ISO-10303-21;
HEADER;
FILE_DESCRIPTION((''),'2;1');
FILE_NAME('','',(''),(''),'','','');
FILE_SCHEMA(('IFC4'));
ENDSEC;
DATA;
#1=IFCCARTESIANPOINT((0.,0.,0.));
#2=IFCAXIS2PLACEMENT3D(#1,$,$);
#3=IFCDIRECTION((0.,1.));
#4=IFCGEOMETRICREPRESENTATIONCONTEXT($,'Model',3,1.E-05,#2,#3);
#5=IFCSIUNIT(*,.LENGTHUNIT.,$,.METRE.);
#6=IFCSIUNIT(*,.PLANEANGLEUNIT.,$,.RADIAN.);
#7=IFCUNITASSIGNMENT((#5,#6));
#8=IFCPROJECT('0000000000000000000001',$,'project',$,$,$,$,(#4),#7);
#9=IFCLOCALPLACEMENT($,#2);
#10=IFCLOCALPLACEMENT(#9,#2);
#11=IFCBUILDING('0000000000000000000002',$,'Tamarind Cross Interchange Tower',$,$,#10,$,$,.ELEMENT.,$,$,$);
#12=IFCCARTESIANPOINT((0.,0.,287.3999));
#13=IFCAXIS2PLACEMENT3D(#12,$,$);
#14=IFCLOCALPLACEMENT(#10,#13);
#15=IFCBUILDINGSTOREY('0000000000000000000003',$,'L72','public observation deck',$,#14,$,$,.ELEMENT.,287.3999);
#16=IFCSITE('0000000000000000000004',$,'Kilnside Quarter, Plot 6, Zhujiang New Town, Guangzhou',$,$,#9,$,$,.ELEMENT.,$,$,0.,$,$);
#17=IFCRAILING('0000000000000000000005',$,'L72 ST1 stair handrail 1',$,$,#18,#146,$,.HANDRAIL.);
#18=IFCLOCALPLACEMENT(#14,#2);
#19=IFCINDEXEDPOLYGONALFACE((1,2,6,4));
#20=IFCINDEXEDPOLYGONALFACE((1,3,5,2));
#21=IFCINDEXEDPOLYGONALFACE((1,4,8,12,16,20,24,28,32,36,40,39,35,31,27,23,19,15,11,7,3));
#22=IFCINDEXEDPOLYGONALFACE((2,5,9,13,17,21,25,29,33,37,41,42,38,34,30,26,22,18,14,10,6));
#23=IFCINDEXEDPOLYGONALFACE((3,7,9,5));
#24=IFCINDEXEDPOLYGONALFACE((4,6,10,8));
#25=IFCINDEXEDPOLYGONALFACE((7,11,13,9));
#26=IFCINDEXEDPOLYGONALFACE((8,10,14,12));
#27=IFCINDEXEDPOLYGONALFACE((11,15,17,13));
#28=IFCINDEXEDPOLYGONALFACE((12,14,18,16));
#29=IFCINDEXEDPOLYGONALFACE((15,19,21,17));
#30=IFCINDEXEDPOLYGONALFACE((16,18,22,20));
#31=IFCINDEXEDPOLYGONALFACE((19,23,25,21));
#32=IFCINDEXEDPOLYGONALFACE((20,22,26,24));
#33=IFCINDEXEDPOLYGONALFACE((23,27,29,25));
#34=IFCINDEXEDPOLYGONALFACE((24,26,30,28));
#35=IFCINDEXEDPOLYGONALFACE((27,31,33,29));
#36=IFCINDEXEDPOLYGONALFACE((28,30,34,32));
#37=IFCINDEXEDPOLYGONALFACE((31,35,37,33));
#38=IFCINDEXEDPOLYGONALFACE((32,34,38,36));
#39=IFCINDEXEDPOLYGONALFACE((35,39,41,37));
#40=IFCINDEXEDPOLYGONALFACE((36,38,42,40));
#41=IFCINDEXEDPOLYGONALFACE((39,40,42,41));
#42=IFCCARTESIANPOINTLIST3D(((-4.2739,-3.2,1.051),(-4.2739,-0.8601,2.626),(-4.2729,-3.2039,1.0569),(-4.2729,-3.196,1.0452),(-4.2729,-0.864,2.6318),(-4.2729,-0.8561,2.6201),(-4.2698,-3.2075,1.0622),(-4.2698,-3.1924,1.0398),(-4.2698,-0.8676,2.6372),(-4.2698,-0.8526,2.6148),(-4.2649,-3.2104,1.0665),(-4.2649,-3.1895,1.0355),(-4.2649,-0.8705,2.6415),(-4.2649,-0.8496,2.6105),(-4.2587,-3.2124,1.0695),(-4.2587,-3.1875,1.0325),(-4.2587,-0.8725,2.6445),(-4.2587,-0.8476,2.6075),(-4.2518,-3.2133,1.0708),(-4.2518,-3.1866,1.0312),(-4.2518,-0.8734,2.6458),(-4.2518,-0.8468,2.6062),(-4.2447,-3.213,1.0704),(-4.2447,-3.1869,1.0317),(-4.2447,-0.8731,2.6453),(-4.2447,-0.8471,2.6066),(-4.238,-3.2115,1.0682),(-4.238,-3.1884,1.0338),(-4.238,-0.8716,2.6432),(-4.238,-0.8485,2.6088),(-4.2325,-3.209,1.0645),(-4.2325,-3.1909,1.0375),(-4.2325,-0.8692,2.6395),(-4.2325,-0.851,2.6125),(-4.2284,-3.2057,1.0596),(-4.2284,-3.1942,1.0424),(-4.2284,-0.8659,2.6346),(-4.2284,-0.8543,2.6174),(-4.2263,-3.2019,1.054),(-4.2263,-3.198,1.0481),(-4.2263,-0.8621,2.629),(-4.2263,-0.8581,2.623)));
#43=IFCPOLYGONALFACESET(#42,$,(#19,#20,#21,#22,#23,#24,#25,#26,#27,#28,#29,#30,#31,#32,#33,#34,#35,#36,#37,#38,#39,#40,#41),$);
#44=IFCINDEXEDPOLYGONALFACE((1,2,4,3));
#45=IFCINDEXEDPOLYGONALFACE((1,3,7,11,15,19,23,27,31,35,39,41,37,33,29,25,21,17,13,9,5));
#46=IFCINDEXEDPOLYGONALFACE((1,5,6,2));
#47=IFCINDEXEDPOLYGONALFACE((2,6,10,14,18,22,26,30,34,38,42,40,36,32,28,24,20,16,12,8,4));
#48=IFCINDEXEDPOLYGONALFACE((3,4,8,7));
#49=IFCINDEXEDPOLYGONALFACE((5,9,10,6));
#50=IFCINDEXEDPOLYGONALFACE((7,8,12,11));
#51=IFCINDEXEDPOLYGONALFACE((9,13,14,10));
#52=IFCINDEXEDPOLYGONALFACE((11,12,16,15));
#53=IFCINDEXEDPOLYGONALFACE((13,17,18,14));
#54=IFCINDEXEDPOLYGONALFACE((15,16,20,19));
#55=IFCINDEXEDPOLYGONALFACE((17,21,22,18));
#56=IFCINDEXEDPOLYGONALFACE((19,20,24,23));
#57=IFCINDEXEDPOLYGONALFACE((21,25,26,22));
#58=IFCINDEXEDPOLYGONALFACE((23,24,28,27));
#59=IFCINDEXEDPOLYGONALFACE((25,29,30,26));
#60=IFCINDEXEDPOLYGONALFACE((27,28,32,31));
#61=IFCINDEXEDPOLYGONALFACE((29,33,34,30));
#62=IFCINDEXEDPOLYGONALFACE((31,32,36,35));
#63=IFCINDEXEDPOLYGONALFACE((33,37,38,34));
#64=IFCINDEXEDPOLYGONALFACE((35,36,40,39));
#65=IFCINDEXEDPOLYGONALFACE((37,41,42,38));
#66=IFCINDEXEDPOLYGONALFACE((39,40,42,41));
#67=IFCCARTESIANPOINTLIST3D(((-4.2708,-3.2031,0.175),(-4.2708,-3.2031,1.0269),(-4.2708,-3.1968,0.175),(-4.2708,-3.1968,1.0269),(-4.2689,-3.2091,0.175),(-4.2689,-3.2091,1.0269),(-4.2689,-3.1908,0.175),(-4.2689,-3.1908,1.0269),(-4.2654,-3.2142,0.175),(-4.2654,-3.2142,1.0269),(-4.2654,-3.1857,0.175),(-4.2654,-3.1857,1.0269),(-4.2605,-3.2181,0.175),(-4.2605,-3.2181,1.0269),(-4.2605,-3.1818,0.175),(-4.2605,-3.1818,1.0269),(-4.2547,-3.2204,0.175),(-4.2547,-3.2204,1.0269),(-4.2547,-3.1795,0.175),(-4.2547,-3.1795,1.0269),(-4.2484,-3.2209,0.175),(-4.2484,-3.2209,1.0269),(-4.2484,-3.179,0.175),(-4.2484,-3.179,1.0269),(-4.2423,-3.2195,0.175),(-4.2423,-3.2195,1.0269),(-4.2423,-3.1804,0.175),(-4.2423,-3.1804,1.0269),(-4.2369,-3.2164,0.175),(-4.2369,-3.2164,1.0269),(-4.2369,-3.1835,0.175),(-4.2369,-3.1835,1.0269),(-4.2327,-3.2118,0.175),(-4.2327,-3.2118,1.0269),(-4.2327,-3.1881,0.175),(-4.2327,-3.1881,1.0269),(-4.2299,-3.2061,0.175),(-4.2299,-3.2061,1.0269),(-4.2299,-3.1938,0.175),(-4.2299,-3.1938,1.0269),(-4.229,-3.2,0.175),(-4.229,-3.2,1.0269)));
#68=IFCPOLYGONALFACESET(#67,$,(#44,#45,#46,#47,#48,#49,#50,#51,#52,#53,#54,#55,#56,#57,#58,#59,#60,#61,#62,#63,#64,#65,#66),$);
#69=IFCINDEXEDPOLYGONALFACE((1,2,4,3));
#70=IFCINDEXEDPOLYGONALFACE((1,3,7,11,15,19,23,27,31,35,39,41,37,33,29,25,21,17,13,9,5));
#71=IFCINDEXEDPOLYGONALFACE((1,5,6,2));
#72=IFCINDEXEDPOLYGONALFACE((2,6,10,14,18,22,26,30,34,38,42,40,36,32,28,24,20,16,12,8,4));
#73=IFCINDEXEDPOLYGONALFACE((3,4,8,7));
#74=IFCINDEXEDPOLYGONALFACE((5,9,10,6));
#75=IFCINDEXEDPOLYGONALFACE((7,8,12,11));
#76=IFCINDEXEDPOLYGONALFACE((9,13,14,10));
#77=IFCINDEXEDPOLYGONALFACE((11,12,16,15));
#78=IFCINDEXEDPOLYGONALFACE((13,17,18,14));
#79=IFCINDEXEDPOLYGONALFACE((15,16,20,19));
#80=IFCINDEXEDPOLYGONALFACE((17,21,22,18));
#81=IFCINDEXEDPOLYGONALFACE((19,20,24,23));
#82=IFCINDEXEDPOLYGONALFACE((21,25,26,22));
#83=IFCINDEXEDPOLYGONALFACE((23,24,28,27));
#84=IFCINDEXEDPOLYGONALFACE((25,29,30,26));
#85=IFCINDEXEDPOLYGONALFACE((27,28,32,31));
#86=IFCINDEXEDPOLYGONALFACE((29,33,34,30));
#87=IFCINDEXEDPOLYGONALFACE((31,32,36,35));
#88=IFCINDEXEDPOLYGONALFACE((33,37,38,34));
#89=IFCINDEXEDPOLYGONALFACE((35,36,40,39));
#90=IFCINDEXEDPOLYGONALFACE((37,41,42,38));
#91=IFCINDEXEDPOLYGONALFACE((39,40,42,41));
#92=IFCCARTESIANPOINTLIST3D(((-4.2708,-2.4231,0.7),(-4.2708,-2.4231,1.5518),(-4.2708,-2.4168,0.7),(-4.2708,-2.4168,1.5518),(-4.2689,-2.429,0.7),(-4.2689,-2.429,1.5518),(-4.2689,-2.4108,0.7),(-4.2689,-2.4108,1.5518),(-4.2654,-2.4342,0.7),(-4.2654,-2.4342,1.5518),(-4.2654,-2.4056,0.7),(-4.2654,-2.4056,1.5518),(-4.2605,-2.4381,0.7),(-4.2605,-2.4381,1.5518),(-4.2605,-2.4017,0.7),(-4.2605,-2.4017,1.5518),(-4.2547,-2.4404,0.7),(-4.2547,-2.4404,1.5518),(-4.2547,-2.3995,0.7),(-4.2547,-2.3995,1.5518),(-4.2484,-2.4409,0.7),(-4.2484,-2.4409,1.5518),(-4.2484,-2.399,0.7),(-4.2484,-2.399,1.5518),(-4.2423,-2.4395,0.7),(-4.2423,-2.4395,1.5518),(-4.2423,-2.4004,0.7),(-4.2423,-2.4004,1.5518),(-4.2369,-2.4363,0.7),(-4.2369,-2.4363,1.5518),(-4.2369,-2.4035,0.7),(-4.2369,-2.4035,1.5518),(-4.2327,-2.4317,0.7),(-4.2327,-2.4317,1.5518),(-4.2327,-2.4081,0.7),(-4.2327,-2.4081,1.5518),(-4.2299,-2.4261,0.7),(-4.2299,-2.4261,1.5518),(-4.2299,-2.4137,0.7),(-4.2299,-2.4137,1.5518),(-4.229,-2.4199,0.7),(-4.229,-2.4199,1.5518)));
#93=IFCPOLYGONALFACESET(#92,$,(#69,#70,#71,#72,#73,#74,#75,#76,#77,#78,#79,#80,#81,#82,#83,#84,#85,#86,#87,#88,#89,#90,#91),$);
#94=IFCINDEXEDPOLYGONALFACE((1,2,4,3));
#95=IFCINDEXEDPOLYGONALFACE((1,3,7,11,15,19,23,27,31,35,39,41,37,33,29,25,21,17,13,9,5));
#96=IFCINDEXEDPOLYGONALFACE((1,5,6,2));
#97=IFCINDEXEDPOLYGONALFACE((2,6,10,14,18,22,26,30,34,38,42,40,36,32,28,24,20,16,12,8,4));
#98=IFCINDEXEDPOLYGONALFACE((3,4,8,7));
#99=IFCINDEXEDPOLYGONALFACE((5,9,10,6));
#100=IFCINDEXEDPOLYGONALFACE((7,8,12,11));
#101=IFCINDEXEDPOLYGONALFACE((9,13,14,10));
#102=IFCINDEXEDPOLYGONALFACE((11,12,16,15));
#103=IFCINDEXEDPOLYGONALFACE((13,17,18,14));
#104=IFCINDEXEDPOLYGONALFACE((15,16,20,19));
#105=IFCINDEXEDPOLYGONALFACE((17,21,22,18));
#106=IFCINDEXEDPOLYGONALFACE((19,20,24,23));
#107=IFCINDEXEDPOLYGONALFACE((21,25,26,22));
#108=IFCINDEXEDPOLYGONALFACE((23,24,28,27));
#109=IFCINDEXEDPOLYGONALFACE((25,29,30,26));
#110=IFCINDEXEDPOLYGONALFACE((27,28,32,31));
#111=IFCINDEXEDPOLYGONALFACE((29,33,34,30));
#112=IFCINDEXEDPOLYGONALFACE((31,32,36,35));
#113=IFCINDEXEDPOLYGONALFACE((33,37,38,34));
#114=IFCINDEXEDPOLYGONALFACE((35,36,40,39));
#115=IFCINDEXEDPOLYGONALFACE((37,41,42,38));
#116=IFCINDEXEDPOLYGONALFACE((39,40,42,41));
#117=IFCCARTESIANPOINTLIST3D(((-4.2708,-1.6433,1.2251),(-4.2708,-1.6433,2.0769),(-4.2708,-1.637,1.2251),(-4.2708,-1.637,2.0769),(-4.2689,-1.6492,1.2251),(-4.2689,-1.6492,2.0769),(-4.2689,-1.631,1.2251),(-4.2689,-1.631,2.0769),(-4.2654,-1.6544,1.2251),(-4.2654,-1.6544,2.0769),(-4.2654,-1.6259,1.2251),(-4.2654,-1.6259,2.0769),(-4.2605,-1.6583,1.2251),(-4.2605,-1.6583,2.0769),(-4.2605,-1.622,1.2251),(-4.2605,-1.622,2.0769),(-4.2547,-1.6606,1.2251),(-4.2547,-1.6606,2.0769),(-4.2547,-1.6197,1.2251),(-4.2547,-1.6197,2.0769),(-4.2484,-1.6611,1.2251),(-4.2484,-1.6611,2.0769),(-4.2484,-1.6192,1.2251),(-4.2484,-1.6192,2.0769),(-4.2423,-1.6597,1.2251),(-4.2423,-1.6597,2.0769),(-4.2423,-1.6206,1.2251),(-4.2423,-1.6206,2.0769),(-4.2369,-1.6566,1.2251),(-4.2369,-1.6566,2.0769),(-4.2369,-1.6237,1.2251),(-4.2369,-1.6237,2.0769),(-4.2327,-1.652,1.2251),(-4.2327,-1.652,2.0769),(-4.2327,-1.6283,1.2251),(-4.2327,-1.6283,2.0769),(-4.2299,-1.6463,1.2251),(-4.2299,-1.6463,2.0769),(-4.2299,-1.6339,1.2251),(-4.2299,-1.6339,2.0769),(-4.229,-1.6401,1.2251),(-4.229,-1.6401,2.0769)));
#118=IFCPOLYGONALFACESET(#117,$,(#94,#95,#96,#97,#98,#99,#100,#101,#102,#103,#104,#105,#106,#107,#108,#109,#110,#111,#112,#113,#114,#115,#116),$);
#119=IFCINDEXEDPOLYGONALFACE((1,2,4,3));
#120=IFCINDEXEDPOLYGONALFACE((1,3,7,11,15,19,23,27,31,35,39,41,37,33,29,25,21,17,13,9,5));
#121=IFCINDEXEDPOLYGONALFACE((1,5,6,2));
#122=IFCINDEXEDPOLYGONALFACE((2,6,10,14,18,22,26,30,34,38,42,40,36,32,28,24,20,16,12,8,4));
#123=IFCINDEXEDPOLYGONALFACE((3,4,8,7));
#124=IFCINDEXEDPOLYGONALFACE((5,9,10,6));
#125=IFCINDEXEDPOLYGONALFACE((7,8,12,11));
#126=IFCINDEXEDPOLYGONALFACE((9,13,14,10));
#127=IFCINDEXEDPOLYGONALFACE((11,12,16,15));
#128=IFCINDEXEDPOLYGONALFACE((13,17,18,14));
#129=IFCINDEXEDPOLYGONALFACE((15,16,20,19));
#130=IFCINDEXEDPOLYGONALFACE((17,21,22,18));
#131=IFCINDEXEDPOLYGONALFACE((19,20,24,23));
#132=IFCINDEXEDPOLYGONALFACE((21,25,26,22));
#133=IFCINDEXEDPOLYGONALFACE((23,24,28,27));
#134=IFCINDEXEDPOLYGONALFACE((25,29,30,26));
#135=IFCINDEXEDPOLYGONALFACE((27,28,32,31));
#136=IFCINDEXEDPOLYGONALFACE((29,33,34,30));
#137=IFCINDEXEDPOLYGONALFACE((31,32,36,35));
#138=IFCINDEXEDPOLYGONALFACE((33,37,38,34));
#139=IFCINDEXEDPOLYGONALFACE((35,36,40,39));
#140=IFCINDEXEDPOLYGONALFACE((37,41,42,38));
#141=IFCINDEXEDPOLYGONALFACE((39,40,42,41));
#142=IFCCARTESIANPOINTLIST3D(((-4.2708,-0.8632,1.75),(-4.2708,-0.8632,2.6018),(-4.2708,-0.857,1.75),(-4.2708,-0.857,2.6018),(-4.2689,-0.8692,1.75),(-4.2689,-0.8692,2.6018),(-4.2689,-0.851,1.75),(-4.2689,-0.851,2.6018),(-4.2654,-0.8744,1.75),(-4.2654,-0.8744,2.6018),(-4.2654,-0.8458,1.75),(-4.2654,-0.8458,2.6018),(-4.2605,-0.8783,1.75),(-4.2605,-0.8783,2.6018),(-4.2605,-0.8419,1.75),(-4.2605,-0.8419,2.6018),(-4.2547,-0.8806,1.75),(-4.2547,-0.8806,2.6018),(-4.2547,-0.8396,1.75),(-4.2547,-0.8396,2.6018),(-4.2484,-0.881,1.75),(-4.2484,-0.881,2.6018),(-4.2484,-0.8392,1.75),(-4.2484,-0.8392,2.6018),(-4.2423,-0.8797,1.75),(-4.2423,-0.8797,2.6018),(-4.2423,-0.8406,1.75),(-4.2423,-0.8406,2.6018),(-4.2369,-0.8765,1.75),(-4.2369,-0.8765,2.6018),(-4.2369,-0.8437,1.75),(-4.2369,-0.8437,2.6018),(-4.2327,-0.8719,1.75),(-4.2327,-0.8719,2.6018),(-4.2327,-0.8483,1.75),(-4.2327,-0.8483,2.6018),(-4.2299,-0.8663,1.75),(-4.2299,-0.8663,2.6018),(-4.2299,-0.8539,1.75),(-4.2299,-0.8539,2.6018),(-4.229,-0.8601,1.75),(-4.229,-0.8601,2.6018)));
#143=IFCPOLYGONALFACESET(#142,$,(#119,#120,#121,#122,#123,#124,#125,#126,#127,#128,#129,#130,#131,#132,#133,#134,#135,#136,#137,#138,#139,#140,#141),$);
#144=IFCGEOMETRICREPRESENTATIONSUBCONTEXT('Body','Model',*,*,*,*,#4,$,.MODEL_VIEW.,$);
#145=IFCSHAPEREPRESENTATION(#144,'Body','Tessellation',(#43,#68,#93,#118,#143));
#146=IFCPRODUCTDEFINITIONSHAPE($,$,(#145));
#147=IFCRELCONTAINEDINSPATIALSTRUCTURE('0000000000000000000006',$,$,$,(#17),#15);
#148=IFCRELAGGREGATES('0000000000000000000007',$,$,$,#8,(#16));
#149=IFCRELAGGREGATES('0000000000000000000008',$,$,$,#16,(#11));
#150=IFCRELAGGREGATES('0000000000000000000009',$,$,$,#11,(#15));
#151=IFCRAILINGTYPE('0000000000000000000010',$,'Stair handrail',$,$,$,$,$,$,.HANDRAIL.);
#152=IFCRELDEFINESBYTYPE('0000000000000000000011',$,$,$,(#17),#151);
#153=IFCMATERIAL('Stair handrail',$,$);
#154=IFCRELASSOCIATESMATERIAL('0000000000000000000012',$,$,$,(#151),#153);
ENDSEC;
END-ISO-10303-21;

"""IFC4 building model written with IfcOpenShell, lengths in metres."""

from ifc_helpers import new_model, si_unit, direction, frame, origin, origin_2d, place, context, subcontext, project, spatial, circle, extrude, material, type_object, element, save


model = new_model("IFC4")

# Units and contexts
model_context = context("Model", 3, precision=1e-05, world=origin(), true_north=direction((0.0, 1.0)))
body_context = subcontext(model_context, "Body", "Model", "MODEL_VIEW")
ifc_project = project(units=[si_unit("LENGTHUNIT", "METRE"), si_unit("PLANEANGLEUNIT", "RADIAN")], contexts=[model_context])

# Site, building, storey
site_placement = place(None, origin())
site = spatial("IfcSite", under=ifc_project, at=site_placement, Name="Kilnside Quarter, Plot 6, Zhujiang New Town, Guangzhou", CompositionType="ELEMENT", RefElevation=0.0)
building_placement = place(site_placement, origin())
building = spatial("IfcBuilding", under=site, at=building_placement, Name="Tamarind Cross Interchange Tower", CompositionType="ELEMENT")
storey_placement = place(building_placement, frame((0.0, 0.0, 287.3999)))
storey = spatial("IfcBuildingStorey", under=building, at=storey_placement, Name="L72", Description="public observation deck", CompositionType="ELEMENT", Elevation=287.3999)

# Railing
ifc_material_1 = material(Name="Stair handrail")
railing_type_1 = type_object("IfcRailingType", Name="Stair handrail", PredefinedType="HANDRAIL", material=ifc_material_1)
railing_1_placement = place(storey_placement, frame((-4.25, -3.2, 0.175)))
element("IfcRailing", 1, at=railing_1_placement, inside=storey, type_object=railing_type_1, Name="L72 ST1 stair handrail 1", PredefinedType="HANDRAIL", context=body_context, shape_type="SweptSolid", body=[
    extrude(circle(Radius=0.0239, at=origin_2d()), frame((0.0, 0.0, 0.876), z_axis=(0.0, 0.829578, 0.55839), x_axis=(-1.0, 0.0, 0.0)), (0.0, 0.0, 1.0), 2.8206),
    extrude(circle(Radius=0.021, at=origin_2d()), origin(), (0.0, 0.0, 1.0), 0.8518),
    extrude(circle(Radius=0.021, at=origin_2d()), frame((0.0, 0.78, 0.5249)), (0.0, 0.0, 1.0), 0.8518),
    extrude(circle(Radius=0.021, at=origin_2d()), frame((0.0, 1.5598, 1.05)), (0.0, 0.0, 1.0), 0.8518),
    extrude(circle(Radius=0.021, at=origin_2d()), frame((0.0, 2.3398, 1.575)), (0.0, 0.0, 1.0), 0.8518),
])

save(model, "model.ifc")
